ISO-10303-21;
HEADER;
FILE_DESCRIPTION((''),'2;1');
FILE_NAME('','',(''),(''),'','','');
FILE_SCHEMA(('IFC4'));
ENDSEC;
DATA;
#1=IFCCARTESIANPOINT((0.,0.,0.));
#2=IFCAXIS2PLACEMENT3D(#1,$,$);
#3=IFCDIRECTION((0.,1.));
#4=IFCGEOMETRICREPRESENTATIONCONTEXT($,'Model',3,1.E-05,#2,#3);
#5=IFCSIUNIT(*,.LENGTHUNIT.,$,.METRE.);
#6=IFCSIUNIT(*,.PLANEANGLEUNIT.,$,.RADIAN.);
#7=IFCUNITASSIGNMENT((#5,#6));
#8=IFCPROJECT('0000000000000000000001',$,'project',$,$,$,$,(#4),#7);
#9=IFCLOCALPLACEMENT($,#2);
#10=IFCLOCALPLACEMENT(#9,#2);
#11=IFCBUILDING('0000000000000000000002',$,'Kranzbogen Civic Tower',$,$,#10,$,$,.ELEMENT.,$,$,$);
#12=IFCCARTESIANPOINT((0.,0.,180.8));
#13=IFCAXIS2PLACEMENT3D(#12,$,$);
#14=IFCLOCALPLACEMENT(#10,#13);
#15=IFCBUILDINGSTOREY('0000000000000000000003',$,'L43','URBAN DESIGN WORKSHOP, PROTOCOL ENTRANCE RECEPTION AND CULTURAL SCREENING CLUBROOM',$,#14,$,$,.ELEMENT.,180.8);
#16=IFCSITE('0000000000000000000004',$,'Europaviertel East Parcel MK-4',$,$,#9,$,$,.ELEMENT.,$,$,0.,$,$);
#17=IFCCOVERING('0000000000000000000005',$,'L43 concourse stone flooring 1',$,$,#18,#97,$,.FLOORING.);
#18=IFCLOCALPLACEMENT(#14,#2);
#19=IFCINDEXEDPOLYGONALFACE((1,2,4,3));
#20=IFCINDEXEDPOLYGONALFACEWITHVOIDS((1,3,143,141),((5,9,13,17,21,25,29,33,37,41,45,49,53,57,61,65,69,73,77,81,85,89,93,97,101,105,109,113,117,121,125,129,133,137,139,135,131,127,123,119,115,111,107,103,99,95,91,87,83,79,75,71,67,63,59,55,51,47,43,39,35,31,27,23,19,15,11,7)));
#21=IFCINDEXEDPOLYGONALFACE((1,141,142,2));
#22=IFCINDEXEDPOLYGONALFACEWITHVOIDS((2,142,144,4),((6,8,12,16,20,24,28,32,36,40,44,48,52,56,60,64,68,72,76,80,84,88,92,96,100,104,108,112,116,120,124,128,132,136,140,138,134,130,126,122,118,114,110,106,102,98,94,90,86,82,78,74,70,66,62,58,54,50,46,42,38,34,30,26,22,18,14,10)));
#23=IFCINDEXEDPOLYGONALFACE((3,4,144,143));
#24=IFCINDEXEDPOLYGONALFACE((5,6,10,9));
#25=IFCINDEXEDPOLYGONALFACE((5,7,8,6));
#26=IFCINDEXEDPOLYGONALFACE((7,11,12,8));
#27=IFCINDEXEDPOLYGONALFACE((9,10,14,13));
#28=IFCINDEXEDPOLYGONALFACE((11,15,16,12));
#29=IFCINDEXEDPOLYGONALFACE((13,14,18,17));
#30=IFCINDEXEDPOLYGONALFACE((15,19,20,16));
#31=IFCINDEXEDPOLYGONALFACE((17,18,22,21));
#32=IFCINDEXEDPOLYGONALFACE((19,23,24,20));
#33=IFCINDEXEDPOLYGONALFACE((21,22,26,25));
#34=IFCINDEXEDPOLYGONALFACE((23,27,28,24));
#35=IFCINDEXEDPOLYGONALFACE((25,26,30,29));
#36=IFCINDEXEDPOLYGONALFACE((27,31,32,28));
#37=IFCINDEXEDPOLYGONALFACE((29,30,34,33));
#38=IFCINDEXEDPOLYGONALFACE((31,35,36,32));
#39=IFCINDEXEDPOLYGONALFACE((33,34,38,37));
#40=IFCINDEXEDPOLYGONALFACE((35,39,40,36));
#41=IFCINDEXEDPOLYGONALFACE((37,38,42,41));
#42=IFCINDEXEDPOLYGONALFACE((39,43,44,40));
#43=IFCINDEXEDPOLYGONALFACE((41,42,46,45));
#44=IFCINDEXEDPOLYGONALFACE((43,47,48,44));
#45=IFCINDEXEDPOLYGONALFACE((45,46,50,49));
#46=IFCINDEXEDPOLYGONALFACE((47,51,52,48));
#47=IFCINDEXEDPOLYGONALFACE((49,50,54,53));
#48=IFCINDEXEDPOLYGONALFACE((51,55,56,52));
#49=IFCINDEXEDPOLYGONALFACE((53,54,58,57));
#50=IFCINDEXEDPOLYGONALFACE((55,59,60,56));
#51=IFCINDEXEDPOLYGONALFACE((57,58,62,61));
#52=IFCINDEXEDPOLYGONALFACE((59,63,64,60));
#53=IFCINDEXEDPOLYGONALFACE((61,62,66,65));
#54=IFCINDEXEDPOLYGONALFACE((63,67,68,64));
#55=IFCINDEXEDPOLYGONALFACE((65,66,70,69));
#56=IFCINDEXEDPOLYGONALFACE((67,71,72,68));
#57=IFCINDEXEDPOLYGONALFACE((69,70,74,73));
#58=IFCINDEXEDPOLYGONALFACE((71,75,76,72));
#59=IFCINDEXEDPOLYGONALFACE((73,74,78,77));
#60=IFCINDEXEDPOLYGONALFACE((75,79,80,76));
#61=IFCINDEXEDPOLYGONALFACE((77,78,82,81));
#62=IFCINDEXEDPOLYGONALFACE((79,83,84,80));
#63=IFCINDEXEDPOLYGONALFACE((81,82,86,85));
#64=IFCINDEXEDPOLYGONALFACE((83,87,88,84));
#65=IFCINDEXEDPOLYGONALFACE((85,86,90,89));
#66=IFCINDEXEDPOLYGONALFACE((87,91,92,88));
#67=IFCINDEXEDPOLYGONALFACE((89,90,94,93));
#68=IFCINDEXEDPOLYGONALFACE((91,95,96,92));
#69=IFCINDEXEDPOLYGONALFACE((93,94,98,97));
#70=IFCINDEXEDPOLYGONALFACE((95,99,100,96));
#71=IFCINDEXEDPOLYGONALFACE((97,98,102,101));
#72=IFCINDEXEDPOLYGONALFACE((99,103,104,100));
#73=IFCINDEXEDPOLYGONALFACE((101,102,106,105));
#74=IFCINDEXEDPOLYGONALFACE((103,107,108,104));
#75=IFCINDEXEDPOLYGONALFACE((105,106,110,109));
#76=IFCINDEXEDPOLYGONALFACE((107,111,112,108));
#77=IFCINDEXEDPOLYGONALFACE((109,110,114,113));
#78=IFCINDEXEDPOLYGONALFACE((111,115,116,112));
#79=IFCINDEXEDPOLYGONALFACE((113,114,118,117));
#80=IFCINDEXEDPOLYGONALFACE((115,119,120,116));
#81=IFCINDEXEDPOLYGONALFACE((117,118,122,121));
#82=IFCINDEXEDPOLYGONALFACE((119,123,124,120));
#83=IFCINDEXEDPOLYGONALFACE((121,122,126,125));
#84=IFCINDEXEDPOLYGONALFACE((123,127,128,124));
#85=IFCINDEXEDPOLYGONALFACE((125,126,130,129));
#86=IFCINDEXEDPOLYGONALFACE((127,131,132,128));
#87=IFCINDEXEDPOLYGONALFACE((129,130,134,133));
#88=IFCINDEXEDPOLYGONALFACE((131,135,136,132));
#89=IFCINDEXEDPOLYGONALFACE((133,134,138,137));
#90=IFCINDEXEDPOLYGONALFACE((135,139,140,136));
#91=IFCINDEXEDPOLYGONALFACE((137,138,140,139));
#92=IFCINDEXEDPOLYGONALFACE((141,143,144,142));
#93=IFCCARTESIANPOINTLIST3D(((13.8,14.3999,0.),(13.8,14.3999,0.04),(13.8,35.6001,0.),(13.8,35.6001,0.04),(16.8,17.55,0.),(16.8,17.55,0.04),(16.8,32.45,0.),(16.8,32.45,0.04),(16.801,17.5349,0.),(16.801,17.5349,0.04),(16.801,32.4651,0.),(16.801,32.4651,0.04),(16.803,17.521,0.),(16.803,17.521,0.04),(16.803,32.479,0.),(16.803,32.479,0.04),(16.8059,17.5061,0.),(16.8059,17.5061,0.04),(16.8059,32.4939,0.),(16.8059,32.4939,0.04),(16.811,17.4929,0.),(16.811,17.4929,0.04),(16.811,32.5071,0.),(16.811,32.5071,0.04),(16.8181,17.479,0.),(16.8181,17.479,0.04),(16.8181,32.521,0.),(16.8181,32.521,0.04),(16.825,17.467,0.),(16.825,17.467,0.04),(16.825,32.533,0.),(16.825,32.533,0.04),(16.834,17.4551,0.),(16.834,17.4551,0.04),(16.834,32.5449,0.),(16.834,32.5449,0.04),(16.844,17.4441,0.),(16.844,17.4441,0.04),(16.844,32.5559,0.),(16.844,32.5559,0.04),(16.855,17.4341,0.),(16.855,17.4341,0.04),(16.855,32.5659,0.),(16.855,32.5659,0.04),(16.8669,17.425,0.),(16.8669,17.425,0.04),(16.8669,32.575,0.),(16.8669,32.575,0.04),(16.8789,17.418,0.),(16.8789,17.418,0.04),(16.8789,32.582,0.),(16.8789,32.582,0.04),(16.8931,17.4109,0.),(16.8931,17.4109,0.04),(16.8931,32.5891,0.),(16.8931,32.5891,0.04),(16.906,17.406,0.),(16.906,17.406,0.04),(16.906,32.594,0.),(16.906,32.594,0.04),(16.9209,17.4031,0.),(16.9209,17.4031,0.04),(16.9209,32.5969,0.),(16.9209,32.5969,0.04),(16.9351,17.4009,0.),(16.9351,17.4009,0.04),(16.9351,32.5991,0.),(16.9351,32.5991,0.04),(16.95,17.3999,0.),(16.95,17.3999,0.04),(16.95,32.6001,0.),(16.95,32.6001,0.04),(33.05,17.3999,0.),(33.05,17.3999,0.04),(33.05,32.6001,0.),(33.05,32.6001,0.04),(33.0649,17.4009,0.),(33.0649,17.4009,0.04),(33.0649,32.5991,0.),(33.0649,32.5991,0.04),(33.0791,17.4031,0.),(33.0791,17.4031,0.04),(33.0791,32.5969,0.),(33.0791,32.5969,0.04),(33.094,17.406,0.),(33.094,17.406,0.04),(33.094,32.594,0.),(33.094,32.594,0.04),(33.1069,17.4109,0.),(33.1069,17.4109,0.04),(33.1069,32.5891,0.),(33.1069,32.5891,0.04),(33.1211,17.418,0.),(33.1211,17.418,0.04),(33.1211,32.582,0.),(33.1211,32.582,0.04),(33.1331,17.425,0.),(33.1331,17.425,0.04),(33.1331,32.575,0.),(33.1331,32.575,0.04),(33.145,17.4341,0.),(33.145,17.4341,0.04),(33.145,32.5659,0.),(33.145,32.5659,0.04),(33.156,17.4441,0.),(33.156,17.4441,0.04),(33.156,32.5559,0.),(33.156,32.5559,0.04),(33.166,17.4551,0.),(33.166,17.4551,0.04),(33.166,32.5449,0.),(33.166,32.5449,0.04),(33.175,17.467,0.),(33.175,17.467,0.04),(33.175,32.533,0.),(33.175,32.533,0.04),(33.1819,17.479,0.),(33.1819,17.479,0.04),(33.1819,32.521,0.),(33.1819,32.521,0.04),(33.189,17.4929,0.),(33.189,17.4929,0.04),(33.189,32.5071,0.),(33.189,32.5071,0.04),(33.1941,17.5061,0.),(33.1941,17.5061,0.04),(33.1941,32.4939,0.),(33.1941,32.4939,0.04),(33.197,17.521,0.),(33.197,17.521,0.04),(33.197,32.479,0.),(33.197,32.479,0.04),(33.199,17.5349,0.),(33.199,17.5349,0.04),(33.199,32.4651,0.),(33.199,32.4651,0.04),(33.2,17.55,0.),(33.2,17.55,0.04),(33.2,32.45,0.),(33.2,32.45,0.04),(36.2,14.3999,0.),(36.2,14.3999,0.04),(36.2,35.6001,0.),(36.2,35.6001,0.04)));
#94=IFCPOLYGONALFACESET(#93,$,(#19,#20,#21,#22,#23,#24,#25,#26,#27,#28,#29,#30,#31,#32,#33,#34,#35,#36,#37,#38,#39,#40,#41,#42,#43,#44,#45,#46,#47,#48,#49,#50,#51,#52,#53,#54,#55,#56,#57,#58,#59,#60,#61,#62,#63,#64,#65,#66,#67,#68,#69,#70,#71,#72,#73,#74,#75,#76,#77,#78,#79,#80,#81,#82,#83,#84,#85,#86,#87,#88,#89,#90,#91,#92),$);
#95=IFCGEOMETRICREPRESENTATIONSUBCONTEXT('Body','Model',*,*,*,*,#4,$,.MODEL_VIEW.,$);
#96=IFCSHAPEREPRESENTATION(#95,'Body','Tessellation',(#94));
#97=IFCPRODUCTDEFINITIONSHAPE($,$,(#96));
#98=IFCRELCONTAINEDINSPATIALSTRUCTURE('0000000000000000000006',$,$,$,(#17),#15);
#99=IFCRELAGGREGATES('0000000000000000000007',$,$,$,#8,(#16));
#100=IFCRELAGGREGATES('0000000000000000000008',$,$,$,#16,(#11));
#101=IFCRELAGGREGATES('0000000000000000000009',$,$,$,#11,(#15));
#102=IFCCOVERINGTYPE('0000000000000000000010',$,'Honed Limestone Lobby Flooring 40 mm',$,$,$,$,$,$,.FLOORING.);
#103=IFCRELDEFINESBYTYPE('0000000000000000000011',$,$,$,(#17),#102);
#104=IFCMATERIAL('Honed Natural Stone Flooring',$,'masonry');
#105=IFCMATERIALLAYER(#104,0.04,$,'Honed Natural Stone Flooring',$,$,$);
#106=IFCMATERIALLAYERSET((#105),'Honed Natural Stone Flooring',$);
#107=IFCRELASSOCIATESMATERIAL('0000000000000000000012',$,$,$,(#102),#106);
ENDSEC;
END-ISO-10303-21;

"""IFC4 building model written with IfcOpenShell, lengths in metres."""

from ifc_helpers import new_model, si_unit, direction, frame, origin, place, context, subcontext, project, spatial, polyline, outline, extrude, material, layer, layer_set, type_object, element, save


model = new_model("IFC4")

# Units and contexts
model_context = context("Model", 3, precision=1e-05, world=origin(), true_north=direction((0.0, 1.0)))
body_context = subcontext(model_context, "Body", "Model", "MODEL_VIEW")
ifc_project = project(units=[si_unit("LENGTHUNIT", "METRE"), si_unit("PLANEANGLEUNIT", "RADIAN")], contexts=[model_context])

# Site, building, storey
site_placement = place(None, origin())
site = spatial("IfcSite", under=ifc_project, at=site_placement, Name="Europaviertel East Parcel MK-4", CompositionType="ELEMENT", RefElevation=0.0)
building_placement = place(site_placement, origin())
building = spatial("IfcBuilding", under=site, at=building_placement, Name="Kranzbogen Civic Tower", CompositionType="ELEMENT")
storey_placement = place(building_placement, frame((0.0, 0.0, 180.8)))
storey = spatial("IfcBuildingStorey", under=building, at=storey_placement, Name="L43", Description="URBAN DESIGN WORKSHOP, PROTOCOL ENTRANCE RECEPTION AND CULTURAL SCREENING CLUBROOM", CompositionType="ELEMENT", Elevation=180.8)

# Covering
ifc_material_1 = material(Name="Honed Natural Stone Flooring", Category="masonry")
ifc_layer_1 = layer(ifc_material_1, 0.04, Name="Honed Natural Stone Flooring")
ifc_layer_set_1 = layer_set([ifc_layer_1], Name="Honed Natural Stone Flooring")
covering_type_1 = type_object("IfcCoveringType", Name="Honed Limestone Lobby Flooring 40 mm", PredefinedType="FLOORING", material=ifc_layer_set_1)
covering_1_placement = place(storey_placement, origin())
element("IfcCovering", 1, at=covering_1_placement, inside=storey, type_object=covering_type_1, Name="L43 concourse stone flooring 1", PredefinedType="FLOORING", context=body_context, shape_type="SweptSolid", body=[
    extrude(outline(polyline([(13.8, 35.6001), (36.2, 35.6001), (36.2, 14.3999), (13.8, 14.3999), (13.8, 35.6001)]), holes=[polyline([(33.05, 32.6001), (33.0649, 32.5991), (33.0791, 32.5969), (33.094, 32.594), (33.1069, 32.5891), (33.1211, 32.582), (33.1331, 32.575), (33.145, 32.5659), (33.156, 32.5559), (33.166, 32.5449), (33.175, 32.533), (33.1819, 32.521), (33.189, 32.5071), (33.1941, 32.4939), (33.197, 32.479), (33.199, 32.4651), (33.2, 32.45), (33.2, 17.55), (33.199, 17.5349), (33.197, 17.521), (33.1941, 17.5061), (33.189, 17.4929), (33.1819, 17.479), (33.175, 17.467), (33.166, 17.4551), (33.156, 17.4441), (33.145, 17.4341), (33.1331, 17.425), (33.1211, 17.418), (33.1069, 17.4109), (33.094, 17.406), (33.0791, 17.4031), (33.0649, 17.4009), (33.05, 17.3999), (16.95, 17.3999), (16.9351, 17.4009), (16.9209, 17.4031), (16.906, 17.406), (16.8931, 17.4109), (16.8789, 17.418), (16.8669, 17.425), (16.855, 17.4341), (16.844, 17.4441), (16.834, 17.4551), (16.825, 17.467), (16.8181, 17.479), (16.811, 17.4929), (16.8059, 17.5061), (16.803, 17.521), (16.801, 17.5349), (16.8, 17.55), (16.8, 32.45), (16.801, 32.4651), (16.803, 32.479), (16.8059, 32.4939), (16.811, 32.5071), (16.8181, 32.521), (16.825, 32.533), (16.834, 32.5449), (16.844, 32.5559), (16.855, 32.5659), (16.8669, 32.575), (16.8789, 32.582), (16.8931, 32.5891), (16.906, 32.594), (16.9209, 32.5969), (16.9351, 32.5991), (16.95, 32.6001), (33.05, 32.6001)])]), origin(), (0.0, 0.0, 1.0), 0.04),
])

save(model, "model.ifc")
